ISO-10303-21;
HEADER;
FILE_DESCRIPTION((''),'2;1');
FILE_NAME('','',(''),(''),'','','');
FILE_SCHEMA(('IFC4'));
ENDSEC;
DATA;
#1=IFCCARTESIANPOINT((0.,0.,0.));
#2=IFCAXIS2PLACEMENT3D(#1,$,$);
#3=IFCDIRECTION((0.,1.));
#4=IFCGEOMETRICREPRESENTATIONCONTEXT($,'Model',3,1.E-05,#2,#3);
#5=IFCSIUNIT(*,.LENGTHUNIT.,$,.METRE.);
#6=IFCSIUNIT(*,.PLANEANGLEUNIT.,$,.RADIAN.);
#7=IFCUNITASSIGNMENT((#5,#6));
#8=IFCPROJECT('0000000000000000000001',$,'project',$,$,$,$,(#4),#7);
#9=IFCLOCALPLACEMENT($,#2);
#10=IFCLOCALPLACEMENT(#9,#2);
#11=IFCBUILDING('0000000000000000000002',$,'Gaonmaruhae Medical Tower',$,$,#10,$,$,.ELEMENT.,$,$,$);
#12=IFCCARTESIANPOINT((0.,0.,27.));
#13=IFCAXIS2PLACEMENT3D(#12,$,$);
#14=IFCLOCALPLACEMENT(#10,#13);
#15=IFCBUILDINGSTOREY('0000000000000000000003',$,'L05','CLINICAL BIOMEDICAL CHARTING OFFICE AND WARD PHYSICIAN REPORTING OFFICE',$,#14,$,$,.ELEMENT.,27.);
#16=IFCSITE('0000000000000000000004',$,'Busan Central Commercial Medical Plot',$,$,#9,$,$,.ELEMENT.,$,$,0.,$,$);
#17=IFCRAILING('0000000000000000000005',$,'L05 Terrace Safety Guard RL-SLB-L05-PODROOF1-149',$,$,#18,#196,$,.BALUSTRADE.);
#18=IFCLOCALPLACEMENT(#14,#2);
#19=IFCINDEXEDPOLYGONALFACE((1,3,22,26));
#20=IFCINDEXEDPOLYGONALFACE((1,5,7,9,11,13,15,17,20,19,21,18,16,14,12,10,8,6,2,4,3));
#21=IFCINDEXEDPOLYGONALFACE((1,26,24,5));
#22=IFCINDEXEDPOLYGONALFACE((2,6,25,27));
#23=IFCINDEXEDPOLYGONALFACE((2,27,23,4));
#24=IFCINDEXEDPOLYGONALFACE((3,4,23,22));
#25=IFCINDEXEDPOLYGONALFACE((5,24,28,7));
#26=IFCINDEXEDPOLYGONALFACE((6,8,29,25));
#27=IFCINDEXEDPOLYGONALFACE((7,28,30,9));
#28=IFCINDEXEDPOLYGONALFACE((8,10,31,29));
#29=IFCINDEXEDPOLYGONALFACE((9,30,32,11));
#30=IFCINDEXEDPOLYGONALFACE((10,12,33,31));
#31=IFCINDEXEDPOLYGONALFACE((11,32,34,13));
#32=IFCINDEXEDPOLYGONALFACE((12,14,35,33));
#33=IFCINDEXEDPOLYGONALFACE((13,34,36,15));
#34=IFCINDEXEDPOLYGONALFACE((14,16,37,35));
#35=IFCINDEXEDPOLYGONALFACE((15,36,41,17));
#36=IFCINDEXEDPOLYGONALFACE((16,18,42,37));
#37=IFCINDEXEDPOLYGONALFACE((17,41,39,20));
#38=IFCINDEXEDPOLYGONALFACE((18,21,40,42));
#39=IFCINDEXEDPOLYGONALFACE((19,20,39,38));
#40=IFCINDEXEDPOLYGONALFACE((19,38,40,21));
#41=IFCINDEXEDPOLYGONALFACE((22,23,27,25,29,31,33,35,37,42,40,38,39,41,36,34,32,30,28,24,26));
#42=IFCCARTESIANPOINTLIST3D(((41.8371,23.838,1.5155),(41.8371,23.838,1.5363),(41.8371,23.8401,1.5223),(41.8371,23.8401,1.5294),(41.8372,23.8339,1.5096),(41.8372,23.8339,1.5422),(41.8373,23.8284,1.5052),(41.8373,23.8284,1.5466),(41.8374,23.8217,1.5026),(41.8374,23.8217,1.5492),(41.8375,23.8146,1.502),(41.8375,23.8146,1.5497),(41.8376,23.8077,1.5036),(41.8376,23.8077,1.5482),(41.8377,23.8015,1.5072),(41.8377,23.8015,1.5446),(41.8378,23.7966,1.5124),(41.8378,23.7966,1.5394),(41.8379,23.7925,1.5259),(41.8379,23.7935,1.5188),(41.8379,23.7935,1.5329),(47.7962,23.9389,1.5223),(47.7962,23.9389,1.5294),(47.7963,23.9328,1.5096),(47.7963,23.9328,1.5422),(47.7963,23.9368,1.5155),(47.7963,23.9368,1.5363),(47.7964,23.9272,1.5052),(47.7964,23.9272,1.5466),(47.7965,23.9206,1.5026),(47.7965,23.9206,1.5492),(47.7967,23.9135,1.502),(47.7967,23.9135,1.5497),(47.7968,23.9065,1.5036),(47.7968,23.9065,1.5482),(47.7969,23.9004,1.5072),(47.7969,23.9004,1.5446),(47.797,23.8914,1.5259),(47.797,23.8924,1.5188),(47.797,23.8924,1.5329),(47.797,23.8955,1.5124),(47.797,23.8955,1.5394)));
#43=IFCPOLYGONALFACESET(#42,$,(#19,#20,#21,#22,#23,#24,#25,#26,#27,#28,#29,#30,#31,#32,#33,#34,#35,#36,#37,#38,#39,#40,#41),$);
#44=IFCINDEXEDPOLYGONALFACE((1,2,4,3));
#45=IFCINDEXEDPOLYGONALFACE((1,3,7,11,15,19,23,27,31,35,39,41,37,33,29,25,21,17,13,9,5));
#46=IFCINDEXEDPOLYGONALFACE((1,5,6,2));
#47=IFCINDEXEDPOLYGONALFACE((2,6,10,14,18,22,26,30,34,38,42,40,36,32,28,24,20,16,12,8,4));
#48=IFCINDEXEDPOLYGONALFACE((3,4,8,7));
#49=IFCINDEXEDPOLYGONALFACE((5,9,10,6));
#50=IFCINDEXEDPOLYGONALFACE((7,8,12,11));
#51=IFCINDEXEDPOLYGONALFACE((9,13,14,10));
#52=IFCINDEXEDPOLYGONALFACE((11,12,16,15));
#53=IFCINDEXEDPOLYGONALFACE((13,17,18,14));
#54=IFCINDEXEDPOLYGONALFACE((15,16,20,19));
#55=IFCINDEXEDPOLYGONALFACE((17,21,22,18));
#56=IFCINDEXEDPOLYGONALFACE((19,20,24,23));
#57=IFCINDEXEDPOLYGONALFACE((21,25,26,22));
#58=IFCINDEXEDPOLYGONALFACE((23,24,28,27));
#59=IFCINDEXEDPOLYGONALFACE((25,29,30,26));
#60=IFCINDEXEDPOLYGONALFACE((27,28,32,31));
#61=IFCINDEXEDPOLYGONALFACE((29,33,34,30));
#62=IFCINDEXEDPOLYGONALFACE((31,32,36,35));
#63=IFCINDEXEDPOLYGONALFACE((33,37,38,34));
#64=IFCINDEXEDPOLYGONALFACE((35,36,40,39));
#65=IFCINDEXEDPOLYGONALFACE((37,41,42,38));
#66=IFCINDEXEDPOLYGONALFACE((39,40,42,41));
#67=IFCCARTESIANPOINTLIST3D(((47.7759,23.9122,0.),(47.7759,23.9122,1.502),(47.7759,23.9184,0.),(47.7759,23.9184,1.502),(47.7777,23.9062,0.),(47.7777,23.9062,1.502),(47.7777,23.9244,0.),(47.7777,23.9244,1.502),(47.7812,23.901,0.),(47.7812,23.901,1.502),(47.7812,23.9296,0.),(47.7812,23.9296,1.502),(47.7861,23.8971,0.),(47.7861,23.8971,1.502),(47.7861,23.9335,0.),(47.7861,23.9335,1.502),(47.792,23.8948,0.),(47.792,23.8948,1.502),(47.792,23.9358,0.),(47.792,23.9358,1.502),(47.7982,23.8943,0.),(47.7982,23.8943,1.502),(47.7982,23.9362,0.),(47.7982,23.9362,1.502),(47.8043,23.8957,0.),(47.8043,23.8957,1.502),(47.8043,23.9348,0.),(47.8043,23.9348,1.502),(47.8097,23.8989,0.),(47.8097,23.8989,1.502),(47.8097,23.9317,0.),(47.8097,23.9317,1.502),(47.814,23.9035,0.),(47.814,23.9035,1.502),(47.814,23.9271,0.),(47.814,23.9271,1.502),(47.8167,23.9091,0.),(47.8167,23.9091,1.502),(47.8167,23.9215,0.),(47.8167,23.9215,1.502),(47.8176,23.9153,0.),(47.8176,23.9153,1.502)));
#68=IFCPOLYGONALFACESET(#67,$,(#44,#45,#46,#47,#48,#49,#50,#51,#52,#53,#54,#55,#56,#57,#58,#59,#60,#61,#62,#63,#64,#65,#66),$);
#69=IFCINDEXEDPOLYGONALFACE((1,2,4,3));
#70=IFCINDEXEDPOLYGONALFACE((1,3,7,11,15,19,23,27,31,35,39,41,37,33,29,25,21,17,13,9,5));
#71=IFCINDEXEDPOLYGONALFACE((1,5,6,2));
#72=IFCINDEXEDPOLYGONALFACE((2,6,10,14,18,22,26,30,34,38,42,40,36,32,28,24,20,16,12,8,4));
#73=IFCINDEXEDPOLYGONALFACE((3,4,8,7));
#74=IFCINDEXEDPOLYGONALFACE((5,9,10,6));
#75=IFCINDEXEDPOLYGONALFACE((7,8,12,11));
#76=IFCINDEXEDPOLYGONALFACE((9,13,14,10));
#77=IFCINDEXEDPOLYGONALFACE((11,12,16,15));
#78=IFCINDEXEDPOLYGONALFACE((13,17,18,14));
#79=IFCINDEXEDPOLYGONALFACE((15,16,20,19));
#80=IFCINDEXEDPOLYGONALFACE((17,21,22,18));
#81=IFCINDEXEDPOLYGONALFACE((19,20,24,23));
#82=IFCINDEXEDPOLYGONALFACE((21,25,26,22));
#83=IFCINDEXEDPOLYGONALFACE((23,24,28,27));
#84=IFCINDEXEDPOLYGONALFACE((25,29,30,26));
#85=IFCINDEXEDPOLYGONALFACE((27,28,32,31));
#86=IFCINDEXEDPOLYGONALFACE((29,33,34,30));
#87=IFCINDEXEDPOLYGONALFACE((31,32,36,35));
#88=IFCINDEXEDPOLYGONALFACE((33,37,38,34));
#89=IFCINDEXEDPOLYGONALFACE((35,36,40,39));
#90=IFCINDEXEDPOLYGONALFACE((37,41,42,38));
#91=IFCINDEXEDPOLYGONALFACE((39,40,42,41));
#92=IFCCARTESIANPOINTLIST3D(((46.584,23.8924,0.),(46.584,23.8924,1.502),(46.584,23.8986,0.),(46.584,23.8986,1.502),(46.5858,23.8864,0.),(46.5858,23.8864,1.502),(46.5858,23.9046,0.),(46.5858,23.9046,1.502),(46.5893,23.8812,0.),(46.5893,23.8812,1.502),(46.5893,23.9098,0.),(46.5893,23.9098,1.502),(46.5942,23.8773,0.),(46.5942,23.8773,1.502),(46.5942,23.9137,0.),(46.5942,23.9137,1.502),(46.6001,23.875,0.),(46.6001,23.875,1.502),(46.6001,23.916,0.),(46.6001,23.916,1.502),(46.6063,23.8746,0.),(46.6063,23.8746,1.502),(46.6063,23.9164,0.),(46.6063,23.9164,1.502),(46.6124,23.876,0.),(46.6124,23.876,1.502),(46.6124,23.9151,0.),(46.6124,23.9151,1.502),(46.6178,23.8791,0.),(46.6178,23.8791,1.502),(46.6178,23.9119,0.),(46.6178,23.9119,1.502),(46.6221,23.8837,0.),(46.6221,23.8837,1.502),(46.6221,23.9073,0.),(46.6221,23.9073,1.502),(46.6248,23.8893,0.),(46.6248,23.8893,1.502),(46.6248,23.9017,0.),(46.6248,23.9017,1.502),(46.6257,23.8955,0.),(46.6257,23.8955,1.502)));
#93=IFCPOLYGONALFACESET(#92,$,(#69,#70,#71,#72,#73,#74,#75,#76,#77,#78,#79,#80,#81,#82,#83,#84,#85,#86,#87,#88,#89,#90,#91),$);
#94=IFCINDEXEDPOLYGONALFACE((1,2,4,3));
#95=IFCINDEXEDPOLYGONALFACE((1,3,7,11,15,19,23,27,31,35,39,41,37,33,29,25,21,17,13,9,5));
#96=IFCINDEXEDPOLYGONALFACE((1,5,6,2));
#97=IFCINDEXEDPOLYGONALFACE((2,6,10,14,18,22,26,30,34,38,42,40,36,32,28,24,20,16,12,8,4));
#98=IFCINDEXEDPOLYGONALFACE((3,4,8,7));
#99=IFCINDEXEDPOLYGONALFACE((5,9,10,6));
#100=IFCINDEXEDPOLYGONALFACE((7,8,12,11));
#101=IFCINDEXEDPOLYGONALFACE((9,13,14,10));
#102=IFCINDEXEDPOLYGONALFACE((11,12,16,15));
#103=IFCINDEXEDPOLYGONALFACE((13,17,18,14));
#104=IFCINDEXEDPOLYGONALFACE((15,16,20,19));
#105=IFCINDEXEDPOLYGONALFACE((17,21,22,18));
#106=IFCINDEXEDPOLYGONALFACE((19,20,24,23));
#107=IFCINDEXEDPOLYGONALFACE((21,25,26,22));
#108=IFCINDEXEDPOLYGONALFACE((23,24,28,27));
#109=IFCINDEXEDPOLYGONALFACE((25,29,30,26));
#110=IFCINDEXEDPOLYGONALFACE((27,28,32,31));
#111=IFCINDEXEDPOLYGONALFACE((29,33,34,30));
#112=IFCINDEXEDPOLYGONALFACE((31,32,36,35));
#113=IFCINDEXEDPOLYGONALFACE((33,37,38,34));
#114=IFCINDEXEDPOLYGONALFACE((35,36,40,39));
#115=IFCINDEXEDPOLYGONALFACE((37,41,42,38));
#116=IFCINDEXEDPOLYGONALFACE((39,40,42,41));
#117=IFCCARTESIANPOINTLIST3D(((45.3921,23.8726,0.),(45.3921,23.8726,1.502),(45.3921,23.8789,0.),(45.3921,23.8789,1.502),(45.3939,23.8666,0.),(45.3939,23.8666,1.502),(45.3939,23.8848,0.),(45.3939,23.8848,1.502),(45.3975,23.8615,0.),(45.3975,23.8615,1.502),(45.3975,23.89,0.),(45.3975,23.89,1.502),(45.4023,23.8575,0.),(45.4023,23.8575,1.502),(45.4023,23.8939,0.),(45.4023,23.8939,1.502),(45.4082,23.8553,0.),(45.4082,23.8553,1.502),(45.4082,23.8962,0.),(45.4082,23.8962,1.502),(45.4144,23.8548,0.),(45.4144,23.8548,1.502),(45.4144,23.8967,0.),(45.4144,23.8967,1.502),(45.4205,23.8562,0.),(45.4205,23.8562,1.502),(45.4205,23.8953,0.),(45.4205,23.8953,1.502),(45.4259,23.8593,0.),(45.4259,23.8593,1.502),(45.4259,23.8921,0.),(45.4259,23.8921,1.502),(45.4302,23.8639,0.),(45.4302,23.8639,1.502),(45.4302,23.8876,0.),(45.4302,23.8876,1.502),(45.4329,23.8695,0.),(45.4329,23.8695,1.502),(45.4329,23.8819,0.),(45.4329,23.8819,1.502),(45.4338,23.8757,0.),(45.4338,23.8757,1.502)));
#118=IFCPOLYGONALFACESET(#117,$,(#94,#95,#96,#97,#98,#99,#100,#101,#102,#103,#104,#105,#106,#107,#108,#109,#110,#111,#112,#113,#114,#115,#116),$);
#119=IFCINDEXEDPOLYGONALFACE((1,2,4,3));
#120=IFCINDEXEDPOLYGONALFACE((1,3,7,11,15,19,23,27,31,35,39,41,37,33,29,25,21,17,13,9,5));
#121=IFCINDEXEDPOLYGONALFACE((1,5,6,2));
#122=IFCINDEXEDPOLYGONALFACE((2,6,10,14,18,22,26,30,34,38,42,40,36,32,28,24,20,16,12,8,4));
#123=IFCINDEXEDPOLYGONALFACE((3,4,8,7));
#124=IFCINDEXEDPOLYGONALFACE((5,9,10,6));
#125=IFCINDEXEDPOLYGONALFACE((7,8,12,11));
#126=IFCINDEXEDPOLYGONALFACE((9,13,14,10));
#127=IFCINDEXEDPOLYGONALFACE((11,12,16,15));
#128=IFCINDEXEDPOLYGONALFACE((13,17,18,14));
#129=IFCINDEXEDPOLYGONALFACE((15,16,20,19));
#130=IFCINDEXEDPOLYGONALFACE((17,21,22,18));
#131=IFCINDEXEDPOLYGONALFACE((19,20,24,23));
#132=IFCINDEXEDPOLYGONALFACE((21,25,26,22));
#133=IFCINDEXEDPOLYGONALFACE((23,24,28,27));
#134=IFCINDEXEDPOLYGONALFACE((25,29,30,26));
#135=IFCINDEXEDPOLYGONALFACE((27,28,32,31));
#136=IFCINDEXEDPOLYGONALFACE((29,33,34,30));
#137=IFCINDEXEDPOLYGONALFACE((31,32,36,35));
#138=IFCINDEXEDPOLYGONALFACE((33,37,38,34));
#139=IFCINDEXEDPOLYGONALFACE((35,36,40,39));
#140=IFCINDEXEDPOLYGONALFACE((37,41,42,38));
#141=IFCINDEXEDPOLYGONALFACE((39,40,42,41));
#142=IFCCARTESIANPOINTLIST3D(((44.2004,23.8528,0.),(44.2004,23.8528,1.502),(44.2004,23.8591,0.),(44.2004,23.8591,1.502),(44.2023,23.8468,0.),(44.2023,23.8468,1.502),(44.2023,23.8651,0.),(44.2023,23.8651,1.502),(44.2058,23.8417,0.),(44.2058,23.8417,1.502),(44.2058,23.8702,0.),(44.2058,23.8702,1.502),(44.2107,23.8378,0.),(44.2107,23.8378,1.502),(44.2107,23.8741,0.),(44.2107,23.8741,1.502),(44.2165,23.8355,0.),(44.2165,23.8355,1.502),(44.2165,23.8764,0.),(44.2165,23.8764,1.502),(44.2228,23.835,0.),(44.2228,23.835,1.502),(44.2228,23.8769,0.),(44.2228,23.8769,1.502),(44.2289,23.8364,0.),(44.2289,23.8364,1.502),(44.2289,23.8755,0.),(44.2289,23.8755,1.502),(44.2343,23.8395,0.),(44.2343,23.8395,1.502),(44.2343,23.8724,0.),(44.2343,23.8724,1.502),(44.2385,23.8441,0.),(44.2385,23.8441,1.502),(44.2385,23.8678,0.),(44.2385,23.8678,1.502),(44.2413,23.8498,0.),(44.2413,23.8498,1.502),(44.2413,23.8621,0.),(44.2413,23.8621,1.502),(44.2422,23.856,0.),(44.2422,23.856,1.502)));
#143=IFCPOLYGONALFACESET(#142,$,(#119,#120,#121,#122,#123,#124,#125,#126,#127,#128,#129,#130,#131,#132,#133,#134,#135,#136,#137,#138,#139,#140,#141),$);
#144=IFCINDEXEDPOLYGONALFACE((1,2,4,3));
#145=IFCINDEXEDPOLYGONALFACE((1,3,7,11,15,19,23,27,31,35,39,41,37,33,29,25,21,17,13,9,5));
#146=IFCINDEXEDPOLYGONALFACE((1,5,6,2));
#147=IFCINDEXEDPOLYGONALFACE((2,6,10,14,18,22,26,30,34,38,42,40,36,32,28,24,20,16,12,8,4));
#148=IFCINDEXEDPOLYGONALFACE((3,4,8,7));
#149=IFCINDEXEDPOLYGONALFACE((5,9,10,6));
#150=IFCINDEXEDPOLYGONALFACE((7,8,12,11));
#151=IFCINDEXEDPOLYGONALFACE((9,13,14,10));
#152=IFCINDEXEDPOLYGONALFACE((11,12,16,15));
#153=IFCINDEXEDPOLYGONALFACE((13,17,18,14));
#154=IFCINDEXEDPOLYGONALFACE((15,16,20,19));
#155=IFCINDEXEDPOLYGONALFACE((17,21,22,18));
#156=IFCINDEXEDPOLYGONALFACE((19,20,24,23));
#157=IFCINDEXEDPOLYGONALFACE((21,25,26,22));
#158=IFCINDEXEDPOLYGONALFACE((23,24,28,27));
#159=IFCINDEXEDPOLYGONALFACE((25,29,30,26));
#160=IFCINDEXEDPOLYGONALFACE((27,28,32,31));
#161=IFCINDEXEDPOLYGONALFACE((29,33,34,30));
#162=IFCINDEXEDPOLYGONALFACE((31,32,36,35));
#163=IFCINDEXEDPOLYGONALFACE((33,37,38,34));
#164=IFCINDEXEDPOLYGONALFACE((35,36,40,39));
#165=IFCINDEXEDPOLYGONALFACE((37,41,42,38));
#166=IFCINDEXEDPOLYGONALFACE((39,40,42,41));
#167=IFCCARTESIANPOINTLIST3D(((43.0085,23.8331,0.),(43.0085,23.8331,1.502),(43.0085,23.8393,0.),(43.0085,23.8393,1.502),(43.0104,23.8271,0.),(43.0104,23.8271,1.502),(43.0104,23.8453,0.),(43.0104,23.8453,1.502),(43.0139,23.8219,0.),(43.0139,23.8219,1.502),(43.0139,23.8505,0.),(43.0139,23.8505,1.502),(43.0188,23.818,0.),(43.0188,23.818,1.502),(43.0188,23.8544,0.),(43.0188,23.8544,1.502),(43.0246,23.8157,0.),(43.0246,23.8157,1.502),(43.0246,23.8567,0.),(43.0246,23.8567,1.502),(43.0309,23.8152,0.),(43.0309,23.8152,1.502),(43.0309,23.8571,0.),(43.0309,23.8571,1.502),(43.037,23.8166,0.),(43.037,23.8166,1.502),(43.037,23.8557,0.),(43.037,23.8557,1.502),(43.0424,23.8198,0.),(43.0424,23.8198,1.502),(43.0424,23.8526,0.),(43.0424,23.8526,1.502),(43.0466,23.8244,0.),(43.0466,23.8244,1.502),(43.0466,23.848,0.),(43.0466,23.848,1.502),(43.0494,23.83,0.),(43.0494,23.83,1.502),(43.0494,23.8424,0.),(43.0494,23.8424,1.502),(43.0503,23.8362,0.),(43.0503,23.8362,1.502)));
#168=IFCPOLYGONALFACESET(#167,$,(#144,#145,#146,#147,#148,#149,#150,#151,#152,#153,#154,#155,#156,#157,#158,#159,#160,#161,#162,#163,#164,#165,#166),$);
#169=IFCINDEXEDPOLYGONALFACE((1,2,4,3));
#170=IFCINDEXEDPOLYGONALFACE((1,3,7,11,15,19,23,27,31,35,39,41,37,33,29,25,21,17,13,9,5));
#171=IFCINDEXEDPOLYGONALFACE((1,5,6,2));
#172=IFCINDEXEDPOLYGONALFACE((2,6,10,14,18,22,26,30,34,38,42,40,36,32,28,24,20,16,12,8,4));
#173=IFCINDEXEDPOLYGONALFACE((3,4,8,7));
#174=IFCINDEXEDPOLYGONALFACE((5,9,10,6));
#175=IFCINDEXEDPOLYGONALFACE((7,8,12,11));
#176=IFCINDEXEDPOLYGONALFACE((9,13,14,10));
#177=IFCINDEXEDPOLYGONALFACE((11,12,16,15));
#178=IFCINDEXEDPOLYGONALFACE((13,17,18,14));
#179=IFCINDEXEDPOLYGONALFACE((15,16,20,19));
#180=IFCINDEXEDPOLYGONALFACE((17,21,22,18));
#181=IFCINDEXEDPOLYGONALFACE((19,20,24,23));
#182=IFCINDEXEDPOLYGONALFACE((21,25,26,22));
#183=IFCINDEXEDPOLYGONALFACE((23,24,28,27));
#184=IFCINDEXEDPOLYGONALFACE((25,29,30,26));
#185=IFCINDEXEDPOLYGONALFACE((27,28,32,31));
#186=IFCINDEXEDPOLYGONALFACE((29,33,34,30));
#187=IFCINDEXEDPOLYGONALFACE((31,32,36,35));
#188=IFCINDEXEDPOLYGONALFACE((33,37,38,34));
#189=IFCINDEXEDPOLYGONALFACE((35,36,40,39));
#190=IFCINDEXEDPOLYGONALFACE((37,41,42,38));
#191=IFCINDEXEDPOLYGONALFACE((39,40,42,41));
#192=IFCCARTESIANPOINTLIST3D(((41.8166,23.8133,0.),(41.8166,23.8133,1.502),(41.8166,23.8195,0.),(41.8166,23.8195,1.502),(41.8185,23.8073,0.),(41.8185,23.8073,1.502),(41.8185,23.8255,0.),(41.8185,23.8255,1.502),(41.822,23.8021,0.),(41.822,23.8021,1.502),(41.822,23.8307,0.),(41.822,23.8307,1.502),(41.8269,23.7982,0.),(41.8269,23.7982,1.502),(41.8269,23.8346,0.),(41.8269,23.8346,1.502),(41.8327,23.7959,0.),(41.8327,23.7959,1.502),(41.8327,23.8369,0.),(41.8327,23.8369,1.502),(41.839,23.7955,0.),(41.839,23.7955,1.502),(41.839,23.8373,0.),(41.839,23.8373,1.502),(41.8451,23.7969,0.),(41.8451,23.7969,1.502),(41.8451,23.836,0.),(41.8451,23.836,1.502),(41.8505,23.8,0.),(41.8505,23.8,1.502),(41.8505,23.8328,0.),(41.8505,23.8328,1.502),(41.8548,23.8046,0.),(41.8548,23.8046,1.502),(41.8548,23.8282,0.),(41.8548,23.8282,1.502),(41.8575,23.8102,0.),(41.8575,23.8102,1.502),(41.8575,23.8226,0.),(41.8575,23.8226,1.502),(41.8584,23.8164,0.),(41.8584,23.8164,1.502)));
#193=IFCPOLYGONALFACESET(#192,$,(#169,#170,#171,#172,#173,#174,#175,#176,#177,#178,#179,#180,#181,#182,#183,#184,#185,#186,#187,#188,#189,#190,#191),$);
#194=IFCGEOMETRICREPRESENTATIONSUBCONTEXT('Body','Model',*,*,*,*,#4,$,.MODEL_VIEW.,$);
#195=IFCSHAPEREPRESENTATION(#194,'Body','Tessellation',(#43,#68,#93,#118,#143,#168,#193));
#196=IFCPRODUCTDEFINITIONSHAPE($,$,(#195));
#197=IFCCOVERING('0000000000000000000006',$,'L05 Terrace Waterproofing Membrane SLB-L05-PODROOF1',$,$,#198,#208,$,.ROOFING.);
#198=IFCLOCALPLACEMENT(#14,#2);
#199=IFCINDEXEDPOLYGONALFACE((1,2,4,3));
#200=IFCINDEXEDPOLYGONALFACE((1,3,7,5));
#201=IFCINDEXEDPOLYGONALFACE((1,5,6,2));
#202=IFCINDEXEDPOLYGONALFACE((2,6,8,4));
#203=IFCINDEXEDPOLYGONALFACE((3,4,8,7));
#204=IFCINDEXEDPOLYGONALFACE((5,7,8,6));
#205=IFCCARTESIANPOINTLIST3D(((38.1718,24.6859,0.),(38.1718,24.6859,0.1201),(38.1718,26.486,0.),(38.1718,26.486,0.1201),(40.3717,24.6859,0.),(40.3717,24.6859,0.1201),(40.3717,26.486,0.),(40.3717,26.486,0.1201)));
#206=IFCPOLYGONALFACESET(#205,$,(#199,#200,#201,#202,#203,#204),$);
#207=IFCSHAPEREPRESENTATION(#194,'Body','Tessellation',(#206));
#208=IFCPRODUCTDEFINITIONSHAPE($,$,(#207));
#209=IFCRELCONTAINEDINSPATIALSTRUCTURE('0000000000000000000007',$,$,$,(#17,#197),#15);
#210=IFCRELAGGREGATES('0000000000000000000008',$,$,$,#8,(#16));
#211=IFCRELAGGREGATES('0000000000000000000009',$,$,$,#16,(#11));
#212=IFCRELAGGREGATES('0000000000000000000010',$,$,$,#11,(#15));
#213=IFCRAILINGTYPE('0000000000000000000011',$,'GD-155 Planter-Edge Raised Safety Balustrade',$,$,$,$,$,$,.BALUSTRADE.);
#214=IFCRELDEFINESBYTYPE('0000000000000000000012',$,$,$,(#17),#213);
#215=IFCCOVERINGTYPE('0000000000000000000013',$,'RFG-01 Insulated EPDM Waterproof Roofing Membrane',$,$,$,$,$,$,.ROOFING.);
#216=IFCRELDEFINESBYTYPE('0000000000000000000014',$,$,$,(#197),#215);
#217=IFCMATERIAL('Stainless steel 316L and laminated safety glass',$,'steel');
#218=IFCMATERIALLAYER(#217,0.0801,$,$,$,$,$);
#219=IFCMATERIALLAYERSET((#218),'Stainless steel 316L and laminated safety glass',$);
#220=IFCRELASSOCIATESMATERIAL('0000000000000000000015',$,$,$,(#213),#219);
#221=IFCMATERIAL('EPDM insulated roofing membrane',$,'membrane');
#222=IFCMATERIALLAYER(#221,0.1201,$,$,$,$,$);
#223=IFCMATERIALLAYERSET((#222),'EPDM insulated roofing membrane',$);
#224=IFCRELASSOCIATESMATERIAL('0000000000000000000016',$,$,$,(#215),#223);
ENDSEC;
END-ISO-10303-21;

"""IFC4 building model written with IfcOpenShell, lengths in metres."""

from ifc_helpers import new_model, si_unit, direction, frame, origin, origin_2d, place, context, subcontext, project, spatial, rectangle, circle, extrude, material, layer, layer_set, type_object, element, save


model = new_model("IFC4")

# Units and contexts
model_context = context("Model", 3, precision=1e-05, world=origin(), true_north=direction((0.0, 1.0)))
body_context = subcontext(model_context, "Body", "Model", "MODEL_VIEW")
ifc_project = project(units=[si_unit("LENGTHUNIT", "METRE"), si_unit("PLANEANGLEUNIT", "RADIAN")], contexts=[model_context])

# Site, building, storey
site_placement = place(None, origin())
site = spatial("IfcSite", under=ifc_project, at=site_placement, Name="Busan Central Commercial Medical Plot", CompositionType="ELEMENT", RefElevation=0.0)
building_placement = place(site_placement, origin())
building = spatial("IfcBuilding", under=site, at=building_placement, Name="Gaonmaruhae Medical Tower", CompositionType="ELEMENT")
storey_placement = place(building_placement, frame((0.0, 0.0, 27.0)))
storey = spatial("IfcBuildingStorey", under=building, at=storey_placement, Name="L05", Description="CLINICAL BIOMEDICAL CHARTING OFFICE AND WARD PHYSICIAN REPORTING OFFICE", CompositionType="ELEMENT", Elevation=27.0)

# Railing
ifc_material_1 = material(Name="Stainless steel 316L and laminated safety glass", Category="steel")
ifc_layer_1 = layer(ifc_material_1, 0.0801)
ifc_layer_set_1 = layer_set([ifc_layer_1], Name="Stainless steel 316L and laminated safety glass")
railing_type = type_object("IfcRailingType", Name="GD-155 Planter-Edge Raised Safety Balustrade", PredefinedType="BALUSTRADE", material=ifc_layer_set_1)
railing_1_placement = place(storey_placement, frame((47.7966, 23.9153, 0.0)))
element("IfcRailing", 1, at=railing_1_placement, inside=storey, type_object=railing_type, Name="L05 Terrace Safety Guard RL-SLB-L05-PODROOF1-149", PredefinedType="BALUSTRADE", context=body_context, shape_type="SweptSolid", body=[
    extrude(circle(Radius=0.0239, at=origin_2d()), frame((0.0, 0.0, 1.5259), z_axis=(-0.999862, -0.01659, 0.0), x_axis=(0.01659, -0.999862, 0.0)), (0.0, 0.0, 1.0), 5.96),
    extrude(circle(Radius=0.021, at=origin_2d()), origin(), (0.0, 0.0, 1.0), 1.502),
    extrude(circle(Radius=0.021, at=origin_2d()), frame((-1.1919, -0.0198, 0.0)), (0.0, 0.0, 1.0), 1.502),
    extrude(circle(Radius=0.021, at=origin_2d()), frame((-2.3838, -0.0396, 0.0)), (0.0, 0.0, 1.0), 1.502),
    extrude(circle(Radius=0.021, at=origin_2d()), frame((-3.5754, -0.0593, 0.0)), (0.0, 0.0, 1.0), 1.502),
    extrude(circle(Radius=0.021, at=origin_2d()), frame((-4.7673, -0.0791, 0.0)), (0.0, 0.0, 1.0), 1.502),
    extrude(circle(Radius=0.021, at=origin_2d()), frame((-5.9592, -0.0989, 0.0)), (0.0, 0.0, 1.0), 1.502),
])

# Covering
ifc_material_2 = material(Name="EPDM insulated roofing membrane", Category="membrane")
ifc_layer_2 = layer(ifc_material_2, 0.1201)
ifc_layer_set_2 = layer_set([ifc_layer_2], Name="EPDM insulated roofing membrane")
covering_type = type_object("IfcCoveringType", Name="RFG-01 Insulated EPDM Waterproof Roofing Membrane", PredefinedType="ROOFING", material=ifc_layer_set_2)
covering_placement = place(storey_placement, frame((39.2717, 25.5859, 0.0), z_axis=(0.0, 0.0, 1.0), x_axis=(1.0, 0.0, 0.0)))
element("IfcCovering", 2, at=covering_placement, inside=storey, type_object=covering_type, Name="L05 Terrace Waterproofing Membrane SLB-L05-PODROOF1", PredefinedType="ROOFING", context=body_context, shape_type="SweptSolid", body=[
    extrude(rectangle(XDim=2.2, YDim=1.8, at=origin_2d()), origin(), (0.0, 0.0, 1.0), 0.1201),
])

save(model, "model.ifc")
